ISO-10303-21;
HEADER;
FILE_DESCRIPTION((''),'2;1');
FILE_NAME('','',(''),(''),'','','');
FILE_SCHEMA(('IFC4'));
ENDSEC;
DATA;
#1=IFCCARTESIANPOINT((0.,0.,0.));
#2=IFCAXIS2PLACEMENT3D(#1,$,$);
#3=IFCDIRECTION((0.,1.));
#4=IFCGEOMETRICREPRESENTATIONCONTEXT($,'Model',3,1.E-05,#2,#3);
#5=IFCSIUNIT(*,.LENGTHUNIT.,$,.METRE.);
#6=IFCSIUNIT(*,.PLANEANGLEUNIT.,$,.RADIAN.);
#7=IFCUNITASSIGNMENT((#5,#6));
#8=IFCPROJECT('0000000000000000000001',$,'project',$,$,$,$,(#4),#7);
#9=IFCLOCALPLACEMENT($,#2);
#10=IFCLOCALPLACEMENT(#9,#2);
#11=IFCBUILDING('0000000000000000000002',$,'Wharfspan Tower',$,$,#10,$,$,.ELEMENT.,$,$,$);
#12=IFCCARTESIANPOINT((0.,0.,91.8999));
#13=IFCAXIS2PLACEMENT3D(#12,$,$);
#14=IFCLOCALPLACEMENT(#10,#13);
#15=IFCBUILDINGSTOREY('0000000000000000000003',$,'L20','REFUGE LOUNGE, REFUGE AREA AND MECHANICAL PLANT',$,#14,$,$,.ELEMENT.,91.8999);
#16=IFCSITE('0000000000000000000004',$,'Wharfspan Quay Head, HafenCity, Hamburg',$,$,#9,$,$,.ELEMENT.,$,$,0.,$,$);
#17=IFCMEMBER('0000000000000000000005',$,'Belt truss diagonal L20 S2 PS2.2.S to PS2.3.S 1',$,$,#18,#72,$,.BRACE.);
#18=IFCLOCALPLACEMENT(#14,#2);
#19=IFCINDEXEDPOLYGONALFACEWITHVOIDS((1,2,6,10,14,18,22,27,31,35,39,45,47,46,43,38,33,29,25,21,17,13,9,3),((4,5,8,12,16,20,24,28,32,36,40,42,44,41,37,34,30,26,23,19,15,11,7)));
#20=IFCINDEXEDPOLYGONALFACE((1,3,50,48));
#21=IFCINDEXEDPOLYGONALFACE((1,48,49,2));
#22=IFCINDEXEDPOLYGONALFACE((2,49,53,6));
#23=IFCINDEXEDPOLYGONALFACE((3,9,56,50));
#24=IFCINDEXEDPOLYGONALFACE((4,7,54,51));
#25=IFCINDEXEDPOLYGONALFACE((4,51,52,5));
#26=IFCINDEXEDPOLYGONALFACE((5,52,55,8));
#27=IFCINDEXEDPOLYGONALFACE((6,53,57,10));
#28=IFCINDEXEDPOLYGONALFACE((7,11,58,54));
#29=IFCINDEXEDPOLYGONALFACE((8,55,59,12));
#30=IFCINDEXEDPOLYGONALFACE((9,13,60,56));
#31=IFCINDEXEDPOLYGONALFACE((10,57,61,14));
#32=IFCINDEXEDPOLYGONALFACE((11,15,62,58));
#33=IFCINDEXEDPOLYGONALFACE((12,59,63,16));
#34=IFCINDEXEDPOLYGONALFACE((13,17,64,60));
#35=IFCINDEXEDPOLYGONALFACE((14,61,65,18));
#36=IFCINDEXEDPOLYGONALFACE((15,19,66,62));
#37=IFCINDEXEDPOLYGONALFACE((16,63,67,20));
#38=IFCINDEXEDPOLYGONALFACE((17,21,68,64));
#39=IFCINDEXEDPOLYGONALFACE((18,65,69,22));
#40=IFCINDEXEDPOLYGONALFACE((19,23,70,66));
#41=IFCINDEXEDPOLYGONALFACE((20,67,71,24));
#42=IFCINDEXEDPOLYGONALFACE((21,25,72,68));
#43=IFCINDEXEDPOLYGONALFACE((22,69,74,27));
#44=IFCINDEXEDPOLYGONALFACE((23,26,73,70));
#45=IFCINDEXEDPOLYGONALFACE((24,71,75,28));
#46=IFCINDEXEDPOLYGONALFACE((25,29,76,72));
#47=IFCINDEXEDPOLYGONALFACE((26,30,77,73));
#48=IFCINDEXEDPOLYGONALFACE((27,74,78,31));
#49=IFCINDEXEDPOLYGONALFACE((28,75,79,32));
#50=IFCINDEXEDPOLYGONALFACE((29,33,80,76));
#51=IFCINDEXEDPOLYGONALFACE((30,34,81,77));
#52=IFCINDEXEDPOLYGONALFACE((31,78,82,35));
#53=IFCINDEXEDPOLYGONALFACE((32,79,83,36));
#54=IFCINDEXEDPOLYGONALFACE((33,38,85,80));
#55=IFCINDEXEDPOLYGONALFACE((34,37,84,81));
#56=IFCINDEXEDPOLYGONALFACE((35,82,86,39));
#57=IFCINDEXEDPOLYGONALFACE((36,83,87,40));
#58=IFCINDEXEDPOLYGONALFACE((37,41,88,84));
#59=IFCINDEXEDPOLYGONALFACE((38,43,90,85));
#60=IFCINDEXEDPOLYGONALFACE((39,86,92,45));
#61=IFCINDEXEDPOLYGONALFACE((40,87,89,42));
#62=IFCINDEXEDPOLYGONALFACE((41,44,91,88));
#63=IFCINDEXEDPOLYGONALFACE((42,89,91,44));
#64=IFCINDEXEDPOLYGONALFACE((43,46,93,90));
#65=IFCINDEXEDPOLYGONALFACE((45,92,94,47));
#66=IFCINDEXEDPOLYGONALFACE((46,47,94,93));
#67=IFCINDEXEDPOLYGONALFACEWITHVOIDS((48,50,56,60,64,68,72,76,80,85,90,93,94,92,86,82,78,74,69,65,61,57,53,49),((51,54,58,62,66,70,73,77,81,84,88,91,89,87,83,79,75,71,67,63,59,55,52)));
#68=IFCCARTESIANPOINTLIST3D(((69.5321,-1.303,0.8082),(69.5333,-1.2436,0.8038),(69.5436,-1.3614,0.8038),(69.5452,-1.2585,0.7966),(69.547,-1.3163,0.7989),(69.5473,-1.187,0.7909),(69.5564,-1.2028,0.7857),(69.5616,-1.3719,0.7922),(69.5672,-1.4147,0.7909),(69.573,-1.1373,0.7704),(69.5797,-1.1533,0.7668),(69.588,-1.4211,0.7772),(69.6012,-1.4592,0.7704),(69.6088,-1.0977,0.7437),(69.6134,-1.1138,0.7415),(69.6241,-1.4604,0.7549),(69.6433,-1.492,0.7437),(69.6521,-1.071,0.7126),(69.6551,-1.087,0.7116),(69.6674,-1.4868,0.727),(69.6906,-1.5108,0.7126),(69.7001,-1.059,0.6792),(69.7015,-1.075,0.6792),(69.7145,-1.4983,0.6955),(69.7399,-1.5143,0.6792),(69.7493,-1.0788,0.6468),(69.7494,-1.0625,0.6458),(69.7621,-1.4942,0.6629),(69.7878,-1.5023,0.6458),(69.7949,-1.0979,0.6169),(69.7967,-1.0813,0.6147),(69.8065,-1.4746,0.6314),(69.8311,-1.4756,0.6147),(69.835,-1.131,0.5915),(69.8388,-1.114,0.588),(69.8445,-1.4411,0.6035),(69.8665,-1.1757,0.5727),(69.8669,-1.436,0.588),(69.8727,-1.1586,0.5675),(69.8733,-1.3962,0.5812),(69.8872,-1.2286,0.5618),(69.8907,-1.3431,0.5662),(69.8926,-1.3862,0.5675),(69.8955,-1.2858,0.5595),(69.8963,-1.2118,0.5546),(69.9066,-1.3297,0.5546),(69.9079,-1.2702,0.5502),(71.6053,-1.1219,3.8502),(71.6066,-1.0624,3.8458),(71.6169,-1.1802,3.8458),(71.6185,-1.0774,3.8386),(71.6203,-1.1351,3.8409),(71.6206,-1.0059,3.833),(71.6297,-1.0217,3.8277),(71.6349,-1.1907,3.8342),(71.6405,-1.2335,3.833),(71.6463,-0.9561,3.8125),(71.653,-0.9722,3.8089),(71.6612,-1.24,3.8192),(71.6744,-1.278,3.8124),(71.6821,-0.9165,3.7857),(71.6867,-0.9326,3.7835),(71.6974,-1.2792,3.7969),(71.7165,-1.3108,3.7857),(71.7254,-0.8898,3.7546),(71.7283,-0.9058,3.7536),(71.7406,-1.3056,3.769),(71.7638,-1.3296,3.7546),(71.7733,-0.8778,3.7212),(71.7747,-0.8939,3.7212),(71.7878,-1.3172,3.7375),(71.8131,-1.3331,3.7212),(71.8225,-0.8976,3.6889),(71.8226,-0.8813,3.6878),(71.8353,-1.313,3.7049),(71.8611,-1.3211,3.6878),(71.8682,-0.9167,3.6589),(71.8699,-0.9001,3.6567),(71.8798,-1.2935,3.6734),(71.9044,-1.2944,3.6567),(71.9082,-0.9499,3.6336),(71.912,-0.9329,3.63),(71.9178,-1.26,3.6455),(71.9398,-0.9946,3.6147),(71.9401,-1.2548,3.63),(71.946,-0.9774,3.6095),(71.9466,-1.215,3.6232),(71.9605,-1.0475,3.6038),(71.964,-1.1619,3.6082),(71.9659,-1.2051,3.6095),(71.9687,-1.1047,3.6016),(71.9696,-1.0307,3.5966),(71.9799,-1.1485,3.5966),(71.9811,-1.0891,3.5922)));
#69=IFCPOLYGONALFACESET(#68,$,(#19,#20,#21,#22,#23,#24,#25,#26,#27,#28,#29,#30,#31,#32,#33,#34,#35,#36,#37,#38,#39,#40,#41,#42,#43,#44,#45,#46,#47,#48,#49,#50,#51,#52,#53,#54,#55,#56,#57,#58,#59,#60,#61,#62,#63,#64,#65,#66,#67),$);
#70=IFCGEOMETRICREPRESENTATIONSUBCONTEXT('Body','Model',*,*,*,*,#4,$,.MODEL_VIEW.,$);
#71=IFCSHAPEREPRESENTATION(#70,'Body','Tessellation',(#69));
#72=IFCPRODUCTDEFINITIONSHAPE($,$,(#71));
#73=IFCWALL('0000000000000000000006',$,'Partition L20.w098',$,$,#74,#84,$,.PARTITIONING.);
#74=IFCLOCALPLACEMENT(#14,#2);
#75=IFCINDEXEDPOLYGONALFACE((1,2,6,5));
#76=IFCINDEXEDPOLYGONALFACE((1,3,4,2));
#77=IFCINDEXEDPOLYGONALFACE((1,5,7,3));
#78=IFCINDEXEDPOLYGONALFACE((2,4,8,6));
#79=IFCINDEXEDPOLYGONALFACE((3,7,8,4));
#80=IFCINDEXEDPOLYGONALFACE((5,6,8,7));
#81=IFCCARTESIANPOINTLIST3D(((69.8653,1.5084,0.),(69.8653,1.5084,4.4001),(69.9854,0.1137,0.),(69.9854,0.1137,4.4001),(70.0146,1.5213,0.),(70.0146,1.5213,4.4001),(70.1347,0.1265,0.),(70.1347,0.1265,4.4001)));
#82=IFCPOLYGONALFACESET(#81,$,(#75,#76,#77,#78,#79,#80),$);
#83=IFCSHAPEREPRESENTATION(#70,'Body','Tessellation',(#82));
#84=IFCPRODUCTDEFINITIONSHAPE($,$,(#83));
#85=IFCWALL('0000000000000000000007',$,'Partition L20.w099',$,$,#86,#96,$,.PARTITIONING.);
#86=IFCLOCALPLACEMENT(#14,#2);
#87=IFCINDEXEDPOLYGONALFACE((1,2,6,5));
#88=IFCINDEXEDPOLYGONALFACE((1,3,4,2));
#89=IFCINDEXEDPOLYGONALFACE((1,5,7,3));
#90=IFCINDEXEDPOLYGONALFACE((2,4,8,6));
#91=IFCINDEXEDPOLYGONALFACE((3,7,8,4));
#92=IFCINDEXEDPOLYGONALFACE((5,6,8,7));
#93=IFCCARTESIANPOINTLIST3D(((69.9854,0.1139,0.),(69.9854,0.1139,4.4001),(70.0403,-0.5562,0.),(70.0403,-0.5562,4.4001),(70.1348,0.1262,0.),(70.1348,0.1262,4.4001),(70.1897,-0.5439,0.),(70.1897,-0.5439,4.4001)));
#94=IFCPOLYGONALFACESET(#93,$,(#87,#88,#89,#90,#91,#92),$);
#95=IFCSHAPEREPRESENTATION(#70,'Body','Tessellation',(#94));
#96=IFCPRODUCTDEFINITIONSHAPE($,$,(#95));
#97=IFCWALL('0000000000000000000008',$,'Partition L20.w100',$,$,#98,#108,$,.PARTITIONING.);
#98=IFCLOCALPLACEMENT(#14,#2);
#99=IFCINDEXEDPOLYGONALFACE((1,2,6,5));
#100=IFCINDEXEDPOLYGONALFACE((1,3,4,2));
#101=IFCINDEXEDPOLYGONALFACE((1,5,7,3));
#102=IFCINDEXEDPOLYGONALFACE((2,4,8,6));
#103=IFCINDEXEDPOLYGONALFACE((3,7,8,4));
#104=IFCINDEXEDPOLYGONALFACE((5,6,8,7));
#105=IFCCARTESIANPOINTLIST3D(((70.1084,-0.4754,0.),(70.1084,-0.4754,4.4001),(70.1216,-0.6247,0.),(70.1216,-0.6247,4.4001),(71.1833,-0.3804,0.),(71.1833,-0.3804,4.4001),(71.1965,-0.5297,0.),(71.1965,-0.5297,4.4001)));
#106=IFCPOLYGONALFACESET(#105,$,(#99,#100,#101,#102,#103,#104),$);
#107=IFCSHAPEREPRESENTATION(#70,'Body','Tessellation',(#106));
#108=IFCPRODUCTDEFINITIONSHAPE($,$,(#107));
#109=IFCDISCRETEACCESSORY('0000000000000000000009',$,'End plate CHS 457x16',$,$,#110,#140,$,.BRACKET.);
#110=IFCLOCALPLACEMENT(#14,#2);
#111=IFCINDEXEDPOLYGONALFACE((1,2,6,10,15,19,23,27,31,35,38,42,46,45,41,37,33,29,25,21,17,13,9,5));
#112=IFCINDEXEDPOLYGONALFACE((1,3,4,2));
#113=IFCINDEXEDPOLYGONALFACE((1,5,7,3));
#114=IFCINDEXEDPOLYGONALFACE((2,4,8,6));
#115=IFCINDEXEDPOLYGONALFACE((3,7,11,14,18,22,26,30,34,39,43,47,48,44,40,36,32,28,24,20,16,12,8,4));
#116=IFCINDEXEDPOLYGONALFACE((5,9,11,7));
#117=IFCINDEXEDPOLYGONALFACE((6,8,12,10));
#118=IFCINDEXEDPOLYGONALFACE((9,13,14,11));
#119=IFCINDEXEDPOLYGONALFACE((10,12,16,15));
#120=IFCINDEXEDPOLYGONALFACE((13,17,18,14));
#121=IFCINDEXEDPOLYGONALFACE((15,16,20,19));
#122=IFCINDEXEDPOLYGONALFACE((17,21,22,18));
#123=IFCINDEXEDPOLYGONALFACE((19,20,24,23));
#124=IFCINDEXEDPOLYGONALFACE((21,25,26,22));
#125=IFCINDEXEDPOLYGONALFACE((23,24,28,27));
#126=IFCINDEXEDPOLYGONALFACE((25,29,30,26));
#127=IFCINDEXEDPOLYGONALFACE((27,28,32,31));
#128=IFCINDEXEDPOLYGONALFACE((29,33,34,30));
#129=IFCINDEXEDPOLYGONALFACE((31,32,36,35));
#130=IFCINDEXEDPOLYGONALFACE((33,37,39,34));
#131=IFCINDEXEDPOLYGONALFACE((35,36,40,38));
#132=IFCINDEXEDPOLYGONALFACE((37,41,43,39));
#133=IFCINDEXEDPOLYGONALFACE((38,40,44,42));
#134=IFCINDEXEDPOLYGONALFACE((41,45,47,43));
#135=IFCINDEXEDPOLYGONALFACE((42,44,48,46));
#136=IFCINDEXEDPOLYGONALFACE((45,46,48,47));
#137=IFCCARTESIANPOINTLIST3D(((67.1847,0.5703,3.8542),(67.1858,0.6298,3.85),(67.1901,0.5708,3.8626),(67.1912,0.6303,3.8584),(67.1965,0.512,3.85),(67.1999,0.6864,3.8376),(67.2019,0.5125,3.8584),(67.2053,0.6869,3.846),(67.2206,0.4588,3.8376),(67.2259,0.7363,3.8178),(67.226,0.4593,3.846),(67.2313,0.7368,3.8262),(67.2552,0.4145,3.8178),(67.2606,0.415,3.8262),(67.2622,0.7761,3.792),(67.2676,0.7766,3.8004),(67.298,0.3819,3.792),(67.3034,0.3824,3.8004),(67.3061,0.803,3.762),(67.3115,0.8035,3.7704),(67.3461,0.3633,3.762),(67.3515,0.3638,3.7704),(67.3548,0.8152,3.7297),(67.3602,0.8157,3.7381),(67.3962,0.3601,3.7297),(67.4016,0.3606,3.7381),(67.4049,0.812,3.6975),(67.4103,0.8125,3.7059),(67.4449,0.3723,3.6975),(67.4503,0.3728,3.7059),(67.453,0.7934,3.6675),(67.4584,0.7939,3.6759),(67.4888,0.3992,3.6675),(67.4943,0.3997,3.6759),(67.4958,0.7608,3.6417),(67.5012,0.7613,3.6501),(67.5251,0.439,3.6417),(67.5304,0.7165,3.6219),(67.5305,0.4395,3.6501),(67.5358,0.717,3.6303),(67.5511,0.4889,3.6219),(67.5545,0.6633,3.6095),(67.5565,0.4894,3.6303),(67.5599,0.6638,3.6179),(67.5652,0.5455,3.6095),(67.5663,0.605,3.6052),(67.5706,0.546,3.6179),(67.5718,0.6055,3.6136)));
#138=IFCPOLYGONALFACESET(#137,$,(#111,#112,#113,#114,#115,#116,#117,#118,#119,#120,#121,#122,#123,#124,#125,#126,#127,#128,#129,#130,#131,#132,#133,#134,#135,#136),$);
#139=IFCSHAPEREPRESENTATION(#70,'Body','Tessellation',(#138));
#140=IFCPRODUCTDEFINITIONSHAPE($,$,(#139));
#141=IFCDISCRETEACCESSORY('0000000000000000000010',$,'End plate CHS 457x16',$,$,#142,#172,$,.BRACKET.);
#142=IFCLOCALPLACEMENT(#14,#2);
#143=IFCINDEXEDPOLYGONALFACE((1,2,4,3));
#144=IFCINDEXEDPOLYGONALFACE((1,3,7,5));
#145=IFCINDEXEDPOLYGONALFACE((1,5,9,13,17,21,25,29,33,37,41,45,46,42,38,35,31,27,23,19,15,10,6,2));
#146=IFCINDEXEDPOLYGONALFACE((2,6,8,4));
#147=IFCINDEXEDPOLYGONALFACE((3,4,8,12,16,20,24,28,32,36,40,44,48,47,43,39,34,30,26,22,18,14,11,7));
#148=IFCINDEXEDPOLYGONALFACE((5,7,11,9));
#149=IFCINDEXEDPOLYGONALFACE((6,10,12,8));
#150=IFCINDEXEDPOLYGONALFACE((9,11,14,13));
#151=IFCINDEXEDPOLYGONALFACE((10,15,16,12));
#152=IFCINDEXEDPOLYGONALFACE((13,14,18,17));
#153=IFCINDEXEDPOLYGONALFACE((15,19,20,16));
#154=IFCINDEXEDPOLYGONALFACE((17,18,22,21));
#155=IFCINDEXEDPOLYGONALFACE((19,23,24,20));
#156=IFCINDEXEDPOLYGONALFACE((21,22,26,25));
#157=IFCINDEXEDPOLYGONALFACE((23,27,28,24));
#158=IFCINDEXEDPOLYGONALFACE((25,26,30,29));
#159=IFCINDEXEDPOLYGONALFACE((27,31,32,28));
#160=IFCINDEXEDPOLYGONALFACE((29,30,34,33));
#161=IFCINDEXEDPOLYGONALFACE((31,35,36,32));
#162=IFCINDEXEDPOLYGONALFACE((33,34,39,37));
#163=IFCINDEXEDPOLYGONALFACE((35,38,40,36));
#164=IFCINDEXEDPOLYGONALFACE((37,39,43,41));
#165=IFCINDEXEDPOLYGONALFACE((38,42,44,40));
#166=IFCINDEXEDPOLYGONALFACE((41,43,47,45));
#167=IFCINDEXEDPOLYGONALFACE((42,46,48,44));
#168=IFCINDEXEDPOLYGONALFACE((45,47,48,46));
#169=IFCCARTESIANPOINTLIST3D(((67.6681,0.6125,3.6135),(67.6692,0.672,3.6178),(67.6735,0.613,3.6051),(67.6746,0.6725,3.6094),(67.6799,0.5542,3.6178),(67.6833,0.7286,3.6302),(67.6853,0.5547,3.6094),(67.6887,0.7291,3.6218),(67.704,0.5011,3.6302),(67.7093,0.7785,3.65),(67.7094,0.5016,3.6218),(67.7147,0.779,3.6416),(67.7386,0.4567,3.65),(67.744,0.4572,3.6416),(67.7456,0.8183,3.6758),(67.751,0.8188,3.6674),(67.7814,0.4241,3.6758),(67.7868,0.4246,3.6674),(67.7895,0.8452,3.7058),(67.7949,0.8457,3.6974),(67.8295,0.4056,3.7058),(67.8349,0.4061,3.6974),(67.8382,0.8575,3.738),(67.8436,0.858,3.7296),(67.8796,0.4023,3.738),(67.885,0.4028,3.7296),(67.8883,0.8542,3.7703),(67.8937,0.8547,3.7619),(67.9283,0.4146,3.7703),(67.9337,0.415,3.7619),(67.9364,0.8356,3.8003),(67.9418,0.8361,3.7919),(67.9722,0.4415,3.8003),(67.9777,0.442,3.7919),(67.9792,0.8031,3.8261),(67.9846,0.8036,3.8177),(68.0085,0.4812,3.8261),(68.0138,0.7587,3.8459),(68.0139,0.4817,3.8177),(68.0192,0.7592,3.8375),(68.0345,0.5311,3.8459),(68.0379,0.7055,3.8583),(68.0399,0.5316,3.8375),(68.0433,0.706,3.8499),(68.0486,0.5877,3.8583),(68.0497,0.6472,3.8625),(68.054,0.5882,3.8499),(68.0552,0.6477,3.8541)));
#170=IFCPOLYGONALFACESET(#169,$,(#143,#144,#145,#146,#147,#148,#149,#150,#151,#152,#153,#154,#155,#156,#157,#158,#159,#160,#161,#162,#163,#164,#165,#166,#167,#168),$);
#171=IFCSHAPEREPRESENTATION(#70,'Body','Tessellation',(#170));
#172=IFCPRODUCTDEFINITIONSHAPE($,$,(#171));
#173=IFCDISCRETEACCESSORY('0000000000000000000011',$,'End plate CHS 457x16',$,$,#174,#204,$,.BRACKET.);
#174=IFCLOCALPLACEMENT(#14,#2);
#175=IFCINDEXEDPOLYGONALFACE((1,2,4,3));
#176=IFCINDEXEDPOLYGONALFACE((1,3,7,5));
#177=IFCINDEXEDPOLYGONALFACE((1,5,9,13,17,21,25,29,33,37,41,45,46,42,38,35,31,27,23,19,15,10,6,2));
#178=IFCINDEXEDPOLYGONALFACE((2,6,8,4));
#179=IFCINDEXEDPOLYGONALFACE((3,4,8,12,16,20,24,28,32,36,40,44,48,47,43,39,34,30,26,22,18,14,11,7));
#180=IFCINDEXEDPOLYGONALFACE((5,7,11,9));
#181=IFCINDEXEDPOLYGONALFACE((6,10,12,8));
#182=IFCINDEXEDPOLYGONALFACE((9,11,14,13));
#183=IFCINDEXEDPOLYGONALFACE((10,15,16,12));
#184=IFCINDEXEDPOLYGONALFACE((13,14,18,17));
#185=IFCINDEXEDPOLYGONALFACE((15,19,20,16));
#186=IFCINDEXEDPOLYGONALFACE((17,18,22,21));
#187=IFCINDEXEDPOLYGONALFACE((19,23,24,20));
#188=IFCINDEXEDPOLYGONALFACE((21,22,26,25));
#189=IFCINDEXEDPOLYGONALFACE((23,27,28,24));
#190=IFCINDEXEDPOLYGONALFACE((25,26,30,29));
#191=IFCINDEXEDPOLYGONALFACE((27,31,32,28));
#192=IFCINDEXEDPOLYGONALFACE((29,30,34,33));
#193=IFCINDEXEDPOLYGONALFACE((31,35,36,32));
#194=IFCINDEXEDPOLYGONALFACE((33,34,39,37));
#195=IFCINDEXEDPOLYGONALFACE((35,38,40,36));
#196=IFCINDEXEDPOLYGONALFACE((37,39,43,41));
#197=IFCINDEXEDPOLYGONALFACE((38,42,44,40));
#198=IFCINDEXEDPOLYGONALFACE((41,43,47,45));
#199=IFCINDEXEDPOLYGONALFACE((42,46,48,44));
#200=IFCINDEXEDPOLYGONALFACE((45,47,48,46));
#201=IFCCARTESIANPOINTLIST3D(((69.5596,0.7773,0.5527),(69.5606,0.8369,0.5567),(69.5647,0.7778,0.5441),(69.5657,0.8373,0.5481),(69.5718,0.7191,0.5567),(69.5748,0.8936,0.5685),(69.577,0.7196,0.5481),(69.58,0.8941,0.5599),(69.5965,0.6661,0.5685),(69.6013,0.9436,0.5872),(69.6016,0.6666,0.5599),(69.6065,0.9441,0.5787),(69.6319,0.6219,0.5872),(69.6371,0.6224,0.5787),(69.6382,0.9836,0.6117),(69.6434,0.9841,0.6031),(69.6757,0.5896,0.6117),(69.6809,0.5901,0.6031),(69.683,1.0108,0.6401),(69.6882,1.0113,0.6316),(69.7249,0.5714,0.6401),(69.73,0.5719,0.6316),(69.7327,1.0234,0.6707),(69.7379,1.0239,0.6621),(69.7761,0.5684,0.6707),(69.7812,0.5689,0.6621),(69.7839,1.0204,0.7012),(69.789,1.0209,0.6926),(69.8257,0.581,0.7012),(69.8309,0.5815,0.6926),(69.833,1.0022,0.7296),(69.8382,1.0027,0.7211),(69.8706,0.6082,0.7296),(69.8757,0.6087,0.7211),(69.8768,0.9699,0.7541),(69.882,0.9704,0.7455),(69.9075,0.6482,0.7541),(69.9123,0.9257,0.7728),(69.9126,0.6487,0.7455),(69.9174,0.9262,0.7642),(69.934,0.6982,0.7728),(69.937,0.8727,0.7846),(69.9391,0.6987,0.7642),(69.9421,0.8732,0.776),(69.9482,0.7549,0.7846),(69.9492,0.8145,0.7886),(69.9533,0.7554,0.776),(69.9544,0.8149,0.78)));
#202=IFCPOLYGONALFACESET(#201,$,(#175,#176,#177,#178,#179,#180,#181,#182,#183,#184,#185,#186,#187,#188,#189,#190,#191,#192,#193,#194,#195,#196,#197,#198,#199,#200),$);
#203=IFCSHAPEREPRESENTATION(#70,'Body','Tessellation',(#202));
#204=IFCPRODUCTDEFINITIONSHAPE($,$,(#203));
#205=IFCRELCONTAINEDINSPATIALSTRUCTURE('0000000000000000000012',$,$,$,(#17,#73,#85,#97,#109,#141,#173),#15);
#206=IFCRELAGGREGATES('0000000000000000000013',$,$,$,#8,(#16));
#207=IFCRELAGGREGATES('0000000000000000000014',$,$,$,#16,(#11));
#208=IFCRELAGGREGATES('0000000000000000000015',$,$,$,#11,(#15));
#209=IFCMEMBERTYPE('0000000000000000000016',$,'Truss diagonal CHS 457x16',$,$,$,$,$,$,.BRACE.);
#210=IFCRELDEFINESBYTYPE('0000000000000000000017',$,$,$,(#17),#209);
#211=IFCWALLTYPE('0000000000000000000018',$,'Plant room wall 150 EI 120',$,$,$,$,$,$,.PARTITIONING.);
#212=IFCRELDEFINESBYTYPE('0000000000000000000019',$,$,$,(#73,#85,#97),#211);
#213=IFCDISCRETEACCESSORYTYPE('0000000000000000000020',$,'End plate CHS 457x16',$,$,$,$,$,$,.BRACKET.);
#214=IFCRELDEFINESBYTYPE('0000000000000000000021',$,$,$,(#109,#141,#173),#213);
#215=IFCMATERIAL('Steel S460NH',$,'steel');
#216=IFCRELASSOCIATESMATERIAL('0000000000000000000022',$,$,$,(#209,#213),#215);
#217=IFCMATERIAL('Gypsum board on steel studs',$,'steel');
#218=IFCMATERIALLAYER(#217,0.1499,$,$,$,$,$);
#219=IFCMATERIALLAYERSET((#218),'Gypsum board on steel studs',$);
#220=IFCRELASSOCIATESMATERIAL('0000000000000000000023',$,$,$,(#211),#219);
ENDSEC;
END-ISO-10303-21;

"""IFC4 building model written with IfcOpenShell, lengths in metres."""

from ifc_helpers import new_model, si_unit, direction, frame, frame_2d, origin, origin_2d, place, context, subcontext, project, spatial, rectangle, circle, hollow_circle, extrude, material, layer, layer_set, material_profile, profile_set, type_object, element, save


model = new_model("IFC4")

# Units and contexts
model_context = context("Model", 3, precision=1e-05, world=origin(), true_north=direction((0.0, 1.0)))
body_context = subcontext(model_context, "Body", "Model", "MODEL_VIEW")
ifc_project = project(units=[si_unit("LENGTHUNIT", "METRE"), si_unit("PLANEANGLEUNIT", "RADIAN")], contexts=[model_context])

# Site, building, storey
site_placement = place(None, origin())
site = spatial("IfcSite", under=ifc_project, at=site_placement, Name="Wharfspan Quay Head, HafenCity, Hamburg", CompositionType="ELEMENT", RefElevation=0.0)
building_placement = place(site_placement, origin())
building = spatial("IfcBuilding", under=site, at=building_placement, Name="Wharfspan Tower", CompositionType="ELEMENT")
storey_placement = place(building_placement, frame((0.0, 0.0, 91.8999)))
storey = spatial("IfcBuildingStorey", under=building, at=storey_placement, Name="L20", Description="REFUGE LOUNGE, REFUGE AREA AND MECHANICAL PLANT", CompositionType="ELEMENT", Elevation=91.8999)

# Shared definitions
ifc_material_1 = material(Name="Steel S460NH", Category="steel")

# Member
ifc_material_profile_1 = material_profile(ifc_material_1, hollow_circle(Radius=0.2285, WallThickness=0.0161, at=origin_2d()))
ifc_profile_set_1 = profile_set([ifc_material_profile_1], Name="Steel S460NH")
member_type_1 = type_object("IfcMemberType", Name="Truss diagonal CHS 457x16", PredefinedType="BRACE", material=ifc_profile_set_1)
member_1_placement = place(storey_placement, frame((69.72, -1.2866, 0.6792), z_axis=(0.5625, 0.049149, 0.825335), x_axis=(-0.087047, 0.996201, 0.000002)))
element("IfcMember", 1, at=member_1_placement, inside=storey, type_object=member_type_1, Name="Belt truss diagonal L20 S2 PS2.2.S to PS2.3.S 1", PredefinedType="BRACE", context=body_context, shape_type="SweptSolid", body=[
    extrude(hollow_circle(Radius=0.2285, WallThickness=0.0161, at=origin_2d()), origin(), (0.0, 0.0, 1.0), 3.6858),
])

# Walls
ifc_material_2 = material(Name="Gypsum board on steel studs", Category="steel")
ifc_layer = layer(ifc_material_2, 0.1499)
ifc_layer_set = layer_set([ifc_layer], Name="Gypsum board on steel studs")
wall_type = type_object("IfcWallType", Name="Plant room wall 150 EI 120", PredefinedType="PARTITIONING", material=ifc_layer_set)
wall_1_placement = place(storey_placement, frame((70.0601, 0.1201, 0.0), z_axis=(0.0, 0.0, 1.0), x_axis=(-0.085802, 0.996315, 0.0)))
element("IfcWall", 2, at=wall_1_placement, inside=storey, type_object=wall_type, Name="Partition L20.w098", PredefinedType="PARTITIONING", context=body_context, shape_type="SweptSolid", body=[
    extrude(rectangle(XDim=1.3999, YDim=0.1499, at=frame_2d((0.7, 0.0))), origin(), (0.0, 0.0, 1.0), 4.4001),
])
wall_2_placement = place(storey_placement, frame((70.115, -0.55, 0.0), z_axis=(0.0, 0.0, 1.0), x_axis=(-0.081693, 0.996655, 0.0)))
element("IfcWall", 3, at=wall_2_placement, inside=storey, type_object=wall_type, Name="Partition L20.w099", PredefinedType="PARTITIONING", context=body_context, shape_type="SweptSolid", body=[
    extrude(rectangle(XDim=0.6724, YDim=0.1499, at=frame_2d((0.3362, 0.0))), origin(), (0.0, 0.0, 1.0), 4.4001),
])
wall_3_placement = place(storey_placement, frame((70.115, -0.55, 0.0), z_axis=(0.0, 0.0, 1.0), x_axis=(0.996119, 0.088006, 0.0)))
element("IfcWall", 4, at=wall_3_placement, inside=storey, type_object=wall_type, Name="Partition L20.w100", PredefinedType="PARTITIONING", context=body_context, shape_type="SweptSolid", body=[
    extrude(rectangle(XDim=1.0791, YDim=0.1499, at=frame_2d((0.5396, 0.0))), origin(), (0.0, 0.0, 1.0), 4.4001),
])

# Discrete accessories
ifc_material_profile_2 = material_profile(ifc_material_1, circle(Radius=0.2285, at=origin_2d()))
ifc_profile_set_2 = profile_set([ifc_material_profile_2], Name="Steel S460NH")
discrete_accessory_type_1 = type_object("IfcDiscreteAccessoryType", Name="End plate CHS 457x16", PredefinedType="BRACKET", material=ifc_profile_set_2)
for number, where, z_axis, x_axis, name in (
    (5, (67.3755, 0.5876, 3.7297), (0.54259, 0.049326, 0.838548), (-0.090535, 0.995892, 0.0), "End plate CHS 457x16"),
    (6, (67.8589, 0.6299, 3.738), (0.54259, 0.049326, -0.838548), (-0.090535, 0.995892, 0.0), "End plate CHS 457x16"),
    (7, (69.7544, 0.7959, 0.6707), (0.513879, 0.048941, -0.856465), (-0.094811, 0.995495, -0.000001), "End plate CHS 457x16"),
):
    element("IfcDiscreteAccessory", number, at=place(storey_placement, frame(where, z_axis=z_axis, x_axis=x_axis)), inside=storey, type_object=discrete_accessory_type_1, Name=name, PredefinedType="BRACKET", context=body_context, shape_type="SweptSolid", body=[
        extrude(circle(Radius=0.2285, at=origin_2d()), origin(), (0.0, 0.0, 1.0), 0.01),
    ])

save(model, "model.ifc")
